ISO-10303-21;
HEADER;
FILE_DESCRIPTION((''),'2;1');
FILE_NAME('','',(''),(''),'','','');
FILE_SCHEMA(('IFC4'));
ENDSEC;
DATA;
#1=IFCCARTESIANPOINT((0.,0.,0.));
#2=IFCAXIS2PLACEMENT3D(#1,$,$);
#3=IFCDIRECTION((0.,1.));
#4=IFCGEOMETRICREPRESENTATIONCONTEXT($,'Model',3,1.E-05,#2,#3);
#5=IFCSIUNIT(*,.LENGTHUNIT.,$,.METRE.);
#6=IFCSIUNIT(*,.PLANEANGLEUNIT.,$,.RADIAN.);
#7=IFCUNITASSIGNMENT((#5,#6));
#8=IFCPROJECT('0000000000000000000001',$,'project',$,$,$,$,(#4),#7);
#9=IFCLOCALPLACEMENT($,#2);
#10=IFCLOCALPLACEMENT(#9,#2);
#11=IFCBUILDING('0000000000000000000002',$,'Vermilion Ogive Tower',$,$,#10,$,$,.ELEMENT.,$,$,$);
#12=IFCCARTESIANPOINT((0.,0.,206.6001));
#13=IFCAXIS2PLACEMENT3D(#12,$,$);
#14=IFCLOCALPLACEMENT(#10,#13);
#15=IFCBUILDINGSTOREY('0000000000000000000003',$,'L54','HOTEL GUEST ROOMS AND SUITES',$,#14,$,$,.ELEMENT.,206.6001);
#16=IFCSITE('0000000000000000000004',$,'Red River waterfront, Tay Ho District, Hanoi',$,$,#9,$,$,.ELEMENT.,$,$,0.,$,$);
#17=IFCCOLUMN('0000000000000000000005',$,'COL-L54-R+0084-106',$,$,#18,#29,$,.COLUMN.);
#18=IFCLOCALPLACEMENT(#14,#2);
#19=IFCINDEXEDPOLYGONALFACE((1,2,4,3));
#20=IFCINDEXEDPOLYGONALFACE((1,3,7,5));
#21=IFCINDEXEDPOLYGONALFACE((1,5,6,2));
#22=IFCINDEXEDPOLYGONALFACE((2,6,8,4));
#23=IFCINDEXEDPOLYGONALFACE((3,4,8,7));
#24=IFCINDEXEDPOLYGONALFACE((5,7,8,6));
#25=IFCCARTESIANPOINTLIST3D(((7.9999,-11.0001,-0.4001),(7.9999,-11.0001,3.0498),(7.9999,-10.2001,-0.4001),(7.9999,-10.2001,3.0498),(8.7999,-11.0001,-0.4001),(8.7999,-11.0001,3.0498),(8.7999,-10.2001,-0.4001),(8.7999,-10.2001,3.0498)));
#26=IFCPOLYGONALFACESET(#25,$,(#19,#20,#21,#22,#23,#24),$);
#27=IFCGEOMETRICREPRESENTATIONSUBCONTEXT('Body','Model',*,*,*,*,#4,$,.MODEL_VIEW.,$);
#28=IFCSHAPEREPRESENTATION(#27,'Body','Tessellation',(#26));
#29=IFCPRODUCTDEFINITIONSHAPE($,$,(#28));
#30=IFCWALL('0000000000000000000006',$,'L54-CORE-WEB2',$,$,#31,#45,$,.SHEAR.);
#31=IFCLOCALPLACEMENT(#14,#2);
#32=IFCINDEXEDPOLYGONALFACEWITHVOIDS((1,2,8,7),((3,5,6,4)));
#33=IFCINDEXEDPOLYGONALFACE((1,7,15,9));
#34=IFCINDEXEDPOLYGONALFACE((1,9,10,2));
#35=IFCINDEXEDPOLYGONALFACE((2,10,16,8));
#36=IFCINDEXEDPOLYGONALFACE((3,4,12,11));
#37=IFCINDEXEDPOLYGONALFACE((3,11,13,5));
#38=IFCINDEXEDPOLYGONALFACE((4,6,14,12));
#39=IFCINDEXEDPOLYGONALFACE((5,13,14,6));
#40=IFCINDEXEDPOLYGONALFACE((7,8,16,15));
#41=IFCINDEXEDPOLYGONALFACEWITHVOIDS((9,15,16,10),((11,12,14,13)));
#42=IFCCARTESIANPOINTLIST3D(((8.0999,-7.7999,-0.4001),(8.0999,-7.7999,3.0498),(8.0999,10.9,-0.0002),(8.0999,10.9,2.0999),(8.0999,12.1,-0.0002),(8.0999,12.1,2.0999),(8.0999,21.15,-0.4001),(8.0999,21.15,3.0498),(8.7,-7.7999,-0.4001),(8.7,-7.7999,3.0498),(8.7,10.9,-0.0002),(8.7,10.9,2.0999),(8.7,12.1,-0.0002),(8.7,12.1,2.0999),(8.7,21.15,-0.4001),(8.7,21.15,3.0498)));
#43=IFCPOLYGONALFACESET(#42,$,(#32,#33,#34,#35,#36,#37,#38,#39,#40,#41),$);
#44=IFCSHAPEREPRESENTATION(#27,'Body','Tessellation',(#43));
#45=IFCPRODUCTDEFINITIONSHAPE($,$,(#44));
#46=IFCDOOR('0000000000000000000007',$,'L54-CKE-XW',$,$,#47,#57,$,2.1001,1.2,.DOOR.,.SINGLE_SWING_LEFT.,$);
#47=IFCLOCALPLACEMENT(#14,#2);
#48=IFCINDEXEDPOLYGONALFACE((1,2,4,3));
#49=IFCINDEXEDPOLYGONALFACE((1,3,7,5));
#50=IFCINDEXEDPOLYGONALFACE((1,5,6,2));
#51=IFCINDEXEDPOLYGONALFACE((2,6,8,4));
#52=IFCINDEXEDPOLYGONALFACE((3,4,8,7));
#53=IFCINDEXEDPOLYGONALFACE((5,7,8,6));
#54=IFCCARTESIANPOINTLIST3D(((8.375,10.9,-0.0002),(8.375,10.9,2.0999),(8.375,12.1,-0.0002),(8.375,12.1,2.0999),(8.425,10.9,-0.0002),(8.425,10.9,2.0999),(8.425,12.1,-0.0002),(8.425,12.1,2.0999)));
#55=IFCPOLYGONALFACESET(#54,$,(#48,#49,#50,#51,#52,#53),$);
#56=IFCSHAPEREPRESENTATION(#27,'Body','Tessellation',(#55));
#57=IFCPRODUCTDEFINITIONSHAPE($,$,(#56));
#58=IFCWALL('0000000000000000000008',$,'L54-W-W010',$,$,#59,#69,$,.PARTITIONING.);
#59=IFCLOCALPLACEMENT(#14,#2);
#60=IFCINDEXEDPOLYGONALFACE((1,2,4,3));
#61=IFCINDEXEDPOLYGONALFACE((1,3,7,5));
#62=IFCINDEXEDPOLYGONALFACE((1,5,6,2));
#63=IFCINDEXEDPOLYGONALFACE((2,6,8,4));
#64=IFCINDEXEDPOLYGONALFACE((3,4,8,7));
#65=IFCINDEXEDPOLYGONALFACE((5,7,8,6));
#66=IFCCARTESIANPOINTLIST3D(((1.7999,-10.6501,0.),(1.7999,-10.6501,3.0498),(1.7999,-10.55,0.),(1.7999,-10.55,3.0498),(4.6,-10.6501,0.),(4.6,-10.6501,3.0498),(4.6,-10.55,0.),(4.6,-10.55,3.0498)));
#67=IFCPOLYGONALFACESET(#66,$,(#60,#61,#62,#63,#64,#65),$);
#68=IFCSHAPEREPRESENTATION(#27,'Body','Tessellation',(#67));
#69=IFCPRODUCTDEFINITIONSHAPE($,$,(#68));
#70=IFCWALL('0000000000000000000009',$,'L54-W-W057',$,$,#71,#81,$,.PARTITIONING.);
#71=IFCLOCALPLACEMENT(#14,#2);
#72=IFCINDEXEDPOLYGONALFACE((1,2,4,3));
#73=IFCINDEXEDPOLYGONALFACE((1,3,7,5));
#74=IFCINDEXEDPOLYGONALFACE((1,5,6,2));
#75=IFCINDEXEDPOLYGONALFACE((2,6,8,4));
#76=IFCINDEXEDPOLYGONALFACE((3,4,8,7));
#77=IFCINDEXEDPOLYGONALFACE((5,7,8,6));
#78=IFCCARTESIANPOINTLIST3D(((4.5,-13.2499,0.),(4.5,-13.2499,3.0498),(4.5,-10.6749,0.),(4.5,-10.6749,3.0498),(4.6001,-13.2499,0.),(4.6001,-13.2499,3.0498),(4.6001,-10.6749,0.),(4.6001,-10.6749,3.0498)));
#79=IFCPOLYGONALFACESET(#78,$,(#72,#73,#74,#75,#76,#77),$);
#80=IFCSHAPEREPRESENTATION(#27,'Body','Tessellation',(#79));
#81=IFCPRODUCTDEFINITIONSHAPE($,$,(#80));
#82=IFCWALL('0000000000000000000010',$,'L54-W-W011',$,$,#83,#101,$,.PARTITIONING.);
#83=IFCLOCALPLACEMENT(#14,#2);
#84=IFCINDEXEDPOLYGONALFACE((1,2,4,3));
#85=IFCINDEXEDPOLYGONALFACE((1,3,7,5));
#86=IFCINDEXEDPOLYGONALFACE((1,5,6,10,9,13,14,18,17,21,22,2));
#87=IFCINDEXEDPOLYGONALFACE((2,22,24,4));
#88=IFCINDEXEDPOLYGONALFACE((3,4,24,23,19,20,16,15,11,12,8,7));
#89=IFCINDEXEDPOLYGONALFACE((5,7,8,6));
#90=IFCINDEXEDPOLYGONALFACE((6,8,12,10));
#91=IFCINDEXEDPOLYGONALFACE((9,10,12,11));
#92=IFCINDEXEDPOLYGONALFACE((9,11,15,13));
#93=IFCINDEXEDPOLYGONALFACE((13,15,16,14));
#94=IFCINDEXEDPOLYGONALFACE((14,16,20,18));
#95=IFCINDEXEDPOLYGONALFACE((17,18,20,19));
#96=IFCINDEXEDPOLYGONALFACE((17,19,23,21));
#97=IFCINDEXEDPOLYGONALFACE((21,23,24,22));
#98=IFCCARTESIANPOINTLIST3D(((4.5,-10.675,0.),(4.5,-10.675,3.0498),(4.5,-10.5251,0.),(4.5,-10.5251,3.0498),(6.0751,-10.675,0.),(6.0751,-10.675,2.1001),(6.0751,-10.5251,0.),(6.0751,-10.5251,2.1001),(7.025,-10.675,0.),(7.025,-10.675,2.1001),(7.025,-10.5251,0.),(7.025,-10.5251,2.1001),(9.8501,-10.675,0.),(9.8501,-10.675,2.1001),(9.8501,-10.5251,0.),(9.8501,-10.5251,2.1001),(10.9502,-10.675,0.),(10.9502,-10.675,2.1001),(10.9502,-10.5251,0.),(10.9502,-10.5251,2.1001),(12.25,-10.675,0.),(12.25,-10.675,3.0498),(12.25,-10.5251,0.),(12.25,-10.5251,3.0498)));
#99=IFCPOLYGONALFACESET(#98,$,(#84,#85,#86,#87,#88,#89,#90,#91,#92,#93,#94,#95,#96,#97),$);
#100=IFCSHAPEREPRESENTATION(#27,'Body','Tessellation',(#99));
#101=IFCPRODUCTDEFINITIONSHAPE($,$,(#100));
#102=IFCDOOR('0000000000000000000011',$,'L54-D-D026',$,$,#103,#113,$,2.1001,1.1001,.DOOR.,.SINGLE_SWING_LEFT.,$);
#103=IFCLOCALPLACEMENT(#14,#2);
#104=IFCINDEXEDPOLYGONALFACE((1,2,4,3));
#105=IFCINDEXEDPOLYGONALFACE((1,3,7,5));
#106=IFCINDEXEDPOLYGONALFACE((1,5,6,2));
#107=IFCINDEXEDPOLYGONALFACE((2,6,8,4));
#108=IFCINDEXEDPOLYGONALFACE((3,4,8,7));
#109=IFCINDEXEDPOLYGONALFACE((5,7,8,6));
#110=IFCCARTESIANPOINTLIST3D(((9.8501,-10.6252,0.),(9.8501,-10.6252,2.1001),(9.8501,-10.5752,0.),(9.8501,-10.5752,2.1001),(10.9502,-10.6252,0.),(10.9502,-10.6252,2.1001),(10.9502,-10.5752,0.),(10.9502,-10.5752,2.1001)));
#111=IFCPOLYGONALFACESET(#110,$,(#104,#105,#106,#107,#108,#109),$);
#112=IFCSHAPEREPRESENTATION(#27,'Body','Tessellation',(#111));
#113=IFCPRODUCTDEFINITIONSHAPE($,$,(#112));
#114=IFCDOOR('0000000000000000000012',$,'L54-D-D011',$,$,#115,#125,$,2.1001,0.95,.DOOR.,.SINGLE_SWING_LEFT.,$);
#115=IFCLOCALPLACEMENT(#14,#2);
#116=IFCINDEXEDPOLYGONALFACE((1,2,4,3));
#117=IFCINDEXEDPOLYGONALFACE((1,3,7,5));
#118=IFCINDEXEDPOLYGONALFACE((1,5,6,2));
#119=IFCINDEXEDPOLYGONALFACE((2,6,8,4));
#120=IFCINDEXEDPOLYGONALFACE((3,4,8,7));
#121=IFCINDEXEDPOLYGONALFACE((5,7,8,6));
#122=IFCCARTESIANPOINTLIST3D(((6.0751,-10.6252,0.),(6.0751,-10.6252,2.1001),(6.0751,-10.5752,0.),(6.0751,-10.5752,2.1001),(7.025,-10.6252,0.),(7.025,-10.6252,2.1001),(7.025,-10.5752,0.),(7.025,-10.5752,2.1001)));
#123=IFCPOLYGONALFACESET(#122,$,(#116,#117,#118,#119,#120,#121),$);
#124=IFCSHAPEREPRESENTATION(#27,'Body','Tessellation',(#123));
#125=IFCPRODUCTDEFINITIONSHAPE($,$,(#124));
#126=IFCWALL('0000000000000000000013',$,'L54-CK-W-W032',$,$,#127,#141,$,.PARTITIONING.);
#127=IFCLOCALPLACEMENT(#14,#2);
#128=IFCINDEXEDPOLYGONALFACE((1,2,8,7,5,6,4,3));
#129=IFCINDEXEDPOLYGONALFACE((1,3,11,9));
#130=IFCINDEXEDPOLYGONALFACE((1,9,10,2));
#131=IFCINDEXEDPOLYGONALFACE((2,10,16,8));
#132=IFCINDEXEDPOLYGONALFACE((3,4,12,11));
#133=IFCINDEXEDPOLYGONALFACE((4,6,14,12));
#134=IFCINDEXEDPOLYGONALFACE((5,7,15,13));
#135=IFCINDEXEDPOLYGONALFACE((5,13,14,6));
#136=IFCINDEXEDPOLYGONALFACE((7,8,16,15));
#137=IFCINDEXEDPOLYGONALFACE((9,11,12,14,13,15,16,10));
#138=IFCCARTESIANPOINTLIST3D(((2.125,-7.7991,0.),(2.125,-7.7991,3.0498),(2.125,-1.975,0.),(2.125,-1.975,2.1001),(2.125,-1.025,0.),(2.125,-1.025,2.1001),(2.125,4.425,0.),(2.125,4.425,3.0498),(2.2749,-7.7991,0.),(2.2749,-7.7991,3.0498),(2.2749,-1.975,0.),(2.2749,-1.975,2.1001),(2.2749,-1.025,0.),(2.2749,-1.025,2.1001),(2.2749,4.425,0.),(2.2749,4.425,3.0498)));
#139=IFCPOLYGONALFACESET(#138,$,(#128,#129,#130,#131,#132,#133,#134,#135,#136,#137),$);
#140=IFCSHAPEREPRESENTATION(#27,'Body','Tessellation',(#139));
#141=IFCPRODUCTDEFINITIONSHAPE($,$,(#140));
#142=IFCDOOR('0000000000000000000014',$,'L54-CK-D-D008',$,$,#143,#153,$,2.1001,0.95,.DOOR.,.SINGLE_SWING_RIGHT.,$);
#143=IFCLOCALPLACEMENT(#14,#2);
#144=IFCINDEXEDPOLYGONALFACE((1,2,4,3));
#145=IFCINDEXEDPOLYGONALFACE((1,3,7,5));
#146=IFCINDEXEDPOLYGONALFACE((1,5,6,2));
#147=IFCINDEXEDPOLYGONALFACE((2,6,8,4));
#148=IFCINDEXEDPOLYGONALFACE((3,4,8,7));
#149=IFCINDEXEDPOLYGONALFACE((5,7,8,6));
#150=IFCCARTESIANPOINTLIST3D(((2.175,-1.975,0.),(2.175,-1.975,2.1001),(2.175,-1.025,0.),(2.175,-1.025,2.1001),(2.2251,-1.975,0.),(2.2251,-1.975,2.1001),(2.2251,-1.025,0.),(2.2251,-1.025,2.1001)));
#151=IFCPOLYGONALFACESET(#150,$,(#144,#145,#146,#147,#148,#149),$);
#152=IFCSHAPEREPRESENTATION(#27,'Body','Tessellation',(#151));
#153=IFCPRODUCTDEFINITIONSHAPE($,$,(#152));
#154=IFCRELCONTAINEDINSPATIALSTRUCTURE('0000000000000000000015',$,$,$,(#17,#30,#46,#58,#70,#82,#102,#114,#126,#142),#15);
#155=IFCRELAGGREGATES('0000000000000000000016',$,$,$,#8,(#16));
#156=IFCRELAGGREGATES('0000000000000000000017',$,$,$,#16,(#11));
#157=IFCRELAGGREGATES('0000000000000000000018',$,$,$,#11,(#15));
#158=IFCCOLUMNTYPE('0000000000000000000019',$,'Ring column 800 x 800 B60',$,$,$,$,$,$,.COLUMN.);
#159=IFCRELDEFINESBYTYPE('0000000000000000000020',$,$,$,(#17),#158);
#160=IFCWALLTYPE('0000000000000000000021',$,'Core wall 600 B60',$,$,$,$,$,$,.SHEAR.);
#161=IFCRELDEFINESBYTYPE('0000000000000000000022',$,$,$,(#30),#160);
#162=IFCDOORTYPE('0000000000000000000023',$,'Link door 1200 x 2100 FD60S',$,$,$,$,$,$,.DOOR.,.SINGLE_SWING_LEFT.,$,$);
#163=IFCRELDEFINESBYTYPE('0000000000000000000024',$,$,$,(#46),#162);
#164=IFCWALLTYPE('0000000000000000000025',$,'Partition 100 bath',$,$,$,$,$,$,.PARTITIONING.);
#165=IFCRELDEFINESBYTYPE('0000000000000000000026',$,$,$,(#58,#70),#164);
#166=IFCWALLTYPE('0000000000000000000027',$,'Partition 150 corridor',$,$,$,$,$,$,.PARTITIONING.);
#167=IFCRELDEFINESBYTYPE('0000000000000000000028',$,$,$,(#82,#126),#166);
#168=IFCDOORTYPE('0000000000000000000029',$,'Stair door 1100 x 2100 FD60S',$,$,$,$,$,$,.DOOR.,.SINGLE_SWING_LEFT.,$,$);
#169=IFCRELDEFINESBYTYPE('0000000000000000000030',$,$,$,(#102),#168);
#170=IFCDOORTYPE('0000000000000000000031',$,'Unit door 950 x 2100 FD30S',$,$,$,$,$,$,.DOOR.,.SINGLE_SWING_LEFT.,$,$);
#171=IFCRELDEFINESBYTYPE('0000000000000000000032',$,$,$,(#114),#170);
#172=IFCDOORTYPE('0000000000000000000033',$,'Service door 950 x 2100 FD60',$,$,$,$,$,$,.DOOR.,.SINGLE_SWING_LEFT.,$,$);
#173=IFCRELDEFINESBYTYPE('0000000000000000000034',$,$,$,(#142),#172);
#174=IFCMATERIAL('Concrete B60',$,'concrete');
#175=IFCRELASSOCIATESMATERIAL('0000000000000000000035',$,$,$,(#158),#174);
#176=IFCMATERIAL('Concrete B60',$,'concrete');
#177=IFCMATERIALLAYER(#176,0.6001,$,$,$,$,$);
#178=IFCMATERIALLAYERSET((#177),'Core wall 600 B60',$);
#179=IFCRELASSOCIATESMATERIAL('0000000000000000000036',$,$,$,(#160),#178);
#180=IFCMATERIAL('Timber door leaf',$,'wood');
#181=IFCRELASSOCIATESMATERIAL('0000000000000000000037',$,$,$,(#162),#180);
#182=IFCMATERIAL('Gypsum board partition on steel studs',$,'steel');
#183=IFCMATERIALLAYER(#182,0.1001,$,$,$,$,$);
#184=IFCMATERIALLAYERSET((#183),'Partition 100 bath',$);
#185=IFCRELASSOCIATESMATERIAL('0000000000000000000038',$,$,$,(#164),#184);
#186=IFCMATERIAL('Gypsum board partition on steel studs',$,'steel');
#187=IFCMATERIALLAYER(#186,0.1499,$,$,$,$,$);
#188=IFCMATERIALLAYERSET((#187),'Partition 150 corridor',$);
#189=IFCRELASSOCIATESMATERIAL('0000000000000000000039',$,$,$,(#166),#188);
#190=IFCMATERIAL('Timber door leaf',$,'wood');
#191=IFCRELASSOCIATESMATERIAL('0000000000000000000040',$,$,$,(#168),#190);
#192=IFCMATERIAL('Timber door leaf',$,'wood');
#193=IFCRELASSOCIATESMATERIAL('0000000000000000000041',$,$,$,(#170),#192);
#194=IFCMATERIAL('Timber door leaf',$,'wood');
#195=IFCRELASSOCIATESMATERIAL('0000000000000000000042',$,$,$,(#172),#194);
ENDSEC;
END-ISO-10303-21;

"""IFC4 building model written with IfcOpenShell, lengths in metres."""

from ifc_helpers import new_model, si_unit, direction, frame, frame_2d, origin, origin_2d, place, context, subcontext, project, spatial, rectangle, extrude, material, layer, layer_set, material_profile, profile_set, type_object, element, fill, save


model = new_model("IFC4")

# Units and contexts
model_context = context("Model", 3, precision=1e-05, world=origin(), true_north=direction((0.0, 1.0)))
body_context = subcontext(model_context, "Body", "Model", "MODEL_VIEW")
ifc_project = project(units=[si_unit("LENGTHUNIT", "METRE"), si_unit("PLANEANGLEUNIT", "RADIAN")], contexts=[model_context])

# Site, building, storey
site_placement = place(None, origin())
site = spatial("IfcSite", under=ifc_project, at=site_placement, Name="Red River waterfront, Tay Ho District, Hanoi", CompositionType="ELEMENT", RefElevation=0.0)
building_placement = place(site_placement, origin())
building = spatial("IfcBuilding", under=site, at=building_placement, Name="Vermilion Ogive Tower", CompositionType="ELEMENT")
storey_placement = place(building_placement, frame((0.0, 0.0, 206.6001)))
storey = spatial("IfcBuildingStorey", under=building, at=storey_placement, Name="L54", Description="HOTEL GUEST ROOMS AND SUITES", CompositionType="ELEMENT", Elevation=206.6001)

# Column
ifc_material_1 = material(Name="Concrete B60", Category="concrete")
ifc_material_profile = material_profile(ifc_material_1, rectangle(XDim=0.8, YDim=0.8, at=origin_2d()), Name="800 x 800")
ifc_profile_set = profile_set([ifc_material_profile], Name="Concrete B60")
column_type = type_object("IfcColumnType", Name="Ring column 800 x 800 B60", PredefinedType="COLUMN", material=ifc_profile_set)
column_placement = place(storey_placement, frame((8.3999, -10.6001, -0.4001), z_axis=(0.0, 0.0, 1.0), x_axis=(1.0, 0.0, 0.0)))
element("IfcColumn", 1, at=column_placement, inside=storey, type_object=column_type, Name="COL-L54-R+0084-106", PredefinedType="COLUMN", context=body_context, shape_type="SweptSolid", body=[
    extrude(rectangle(XDim=0.8, YDim=0.8, at=origin_2d()), origin(), (0.0, 0.0, 1.0), 3.45),
])

# Wall, opening, door
ifc_material_2 = material(Name="Concrete B60", Category="concrete")
ifc_layer_1 = layer(ifc_material_2, 0.6001)
ifc_layer_set_1 = layer_set([ifc_layer_1], Name="Core wall 600 B60")
wall_type_1 = type_object("IfcWallType", Name="Core wall 600 B60", PredefinedType="SHEAR", material=ifc_layer_set_1)
wall_1_placement = place(storey_placement, frame((8.3999, -7.8, -0.4001), z_axis=(0.0, 0.0, 1.0), x_axis=(0.0, 1.0, 0.0)))
wall_1 = element("IfcWall", 2, at=wall_1_placement, inside=storey, type_object=wall_type_1, Name="L54-CORE-WEB2", PredefinedType="SHEAR", context=body_context, shape_type="SweptSolid", body=[
    extrude(rectangle(XDim=28.95, YDim=0.6001, at=frame_2d((14.4751, 0.0))), origin(), (0.0, 0.0, 1.0), 3.45),
])
opening_1_placement = place(wall_1_placement, frame((18.7, 0.0, 0.3999)))
opening_1 = element("IfcOpeningElement", 3, at=opening_1_placement, cuts=wall_1, PredefinedType="OPENING", context=body_context, shape_type="SweptSolid", body=[
    extrude(rectangle(XDim=1.2, YDim=2.1001, at=frame_2d((0.6001, 1.05))), frame((0.0, 0.3101, 0.0), z_axis=(0.0, -1.0, 0.0), x_axis=(1.0, 0.0, 0.0)), (0.0, 0.0, 1.0), 0.6201),
])
ifc_material_3 = material(Name="Timber door leaf", Category="wood")
door_type_1 = type_object("IfcDoorType", Name="Link door 1200 x 2100 FD60S", OperationType="SINGLE_SWING_LEFT", PredefinedType="DOOR", material=ifc_material_3)
door_1_placement = place(opening_1_placement, origin())
door_1 = element("IfcDoor", 4, at=door_1_placement, inside=storey, type_object=door_type_1, Name="L54-CKE-XW", OperationType="SINGLE_SWING_LEFT", OverallHeight=2.1001, OverallWidth=1.2, PredefinedType="DOOR", context=body_context, shape_type="SweptSolid", body=[
    extrude(rectangle(XDim=1.2, YDim=2.1001, at=frame_2d((0.6001, 1.05))), frame((0.0, 0.0249, 0.0), z_axis=(0.0, -1.0, 0.0), x_axis=(1.0, 0.0, 0.0)), (0.0, 0.0, 1.0), 0.05),
])
fill(opening_1, door_1)

# Walls
ifc_material_4 = material(Name="Gypsum board partition on steel studs", Category="steel")
ifc_layer_2 = layer(ifc_material_4, 0.1001)
ifc_layer_set_2 = layer_set([ifc_layer_2], Name="Partition 100 bath")
wall_type_2 = type_object("IfcWallType", Name="Partition 100 bath", PredefinedType="PARTITIONING", material=ifc_layer_set_2)
wall_2_placement = place(storey_placement, frame((1.8, -10.6001, 0.0), z_axis=(0.0, 0.0, 1.0), x_axis=(1.0, 0.0, 0.0)))
element("IfcWall", 5, at=wall_2_placement, inside=storey, type_object=wall_type_2, Name="L54-W-W010", PredefinedType="PARTITIONING", context=body_context, shape_type="SweptSolid", body=[
    extrude(rectangle(XDim=2.8, YDim=0.1001, at=frame_2d((1.3999, 0.0))), origin(), (0.0, 0.0, 1.0), 3.0498),
])
wall_3_placement = place(storey_placement, frame((4.55, -13.25, 0.0), z_axis=(0.0, 0.0, 1.0), x_axis=(0.0, 1.0, 0.0)))
element("IfcWall", 6, at=wall_3_placement, inside=storey, type_object=wall_type_2, Name="L54-W-W057", PredefinedType="PARTITIONING", context=body_context, shape_type="SweptSolid", body=[
    extrude(rectangle(XDim=2.575, YDim=0.1001, at=frame_2d((1.2876, 0.0))), origin(), (0.0, 0.0, 1.0), 3.0498),
])

# Wall, openings, doors
ifc_material_5 = material(Name="Gypsum board partition on steel studs", Category="steel")
ifc_layer_3 = layer(ifc_material_5, 0.1499)
ifc_layer_set_3 = layer_set([ifc_layer_3], Name="Partition 150 corridor")
wall_type_3 = type_object("IfcWallType", Name="Partition 150 corridor", PredefinedType="PARTITIONING", material=ifc_layer_set_3)
wall_4_placement = place(storey_placement, frame((4.5, -10.6001, 0.0), z_axis=(0.0, 0.0, 1.0), x_axis=(1.0, 0.0, 0.0)))
wall_4 = element("IfcWall", 7, at=wall_4_placement, inside=storey, type_object=wall_type_3, Name="L54-W-W011", PredefinedType="PARTITIONING", context=body_context, shape_type="SweptSolid", body=[
    extrude(rectangle(XDim=7.75, YDim=0.1499, at=frame_2d((3.875, 0.0))), origin(), (0.0, 0.0, 1.0), 3.0498),
])
opening_2_placement = place(wall_4_placement, frame((1.575, 0.0, 0.0)))
opening_2 = element("IfcOpeningElement", 8, at=opening_2_placement, cuts=wall_4, PredefinedType="OPENING", context=body_context, shape_type="SweptSolid", body=[
    extrude(rectangle(XDim=0.95, YDim=2.1001, at=frame_2d((0.4751, 1.05))), frame((0.0, 0.085, 0.0), z_axis=(0.0, -1.0, 0.0), x_axis=(1.0, 0.0, 0.0)), (0.0, 0.0, 1.0), 0.1699),
])
opening_3_placement = place(wall_4_placement, frame((5.3501, 0.0, 0.0)))
opening_3 = element("IfcOpeningElement", 9, at=opening_3_placement, cuts=wall_4, PredefinedType="OPENING", context=body_context, shape_type="SweptSolid", body=[
    extrude(rectangle(XDim=1.1001, YDim=2.1001, at=frame_2d((0.55, 1.05))), frame((0.0, 0.085, 0.0), z_axis=(0.0, -1.0, 0.0), x_axis=(1.0, 0.0, 0.0)), (0.0, 0.0, 1.0), 0.1699),
])
ifc_material_6 = material(Name="Timber door leaf", Category="wood")
door_type_2 = type_object("IfcDoorType", Name="Stair door 1100 x 2100 FD60S", OperationType="SINGLE_SWING_LEFT", PredefinedType="DOOR", material=ifc_material_6)
door_2_placement = place(opening_3_placement, origin())
door_2 = element("IfcDoor", 10, at=door_2_placement, inside=storey, type_object=door_type_2, Name="L54-D-D026", OperationType="SINGLE_SWING_LEFT", OverallHeight=2.1001, OverallWidth=1.1001, PredefinedType="DOOR", context=body_context, shape_type="SweptSolid", body=[
    extrude(rectangle(XDim=1.1001, YDim=2.1001, at=frame_2d((0.55, 1.05))), frame((0.0, 0.0249, 0.0), z_axis=(0.0, -1.0, 0.0), x_axis=(1.0, 0.0, 0.0)), (0.0, 0.0, 1.0), 0.05),
])
fill(opening_3, door_2)
ifc_material_7 = material(Name="Timber door leaf", Category="wood")
door_type_3 = type_object("IfcDoorType", Name="Unit door 950 x 2100 FD30S", OperationType="SINGLE_SWING_LEFT", PredefinedType="DOOR", material=ifc_material_7)
door_3_placement = place(opening_2_placement, origin())
door_3 = element("IfcDoor", 11, at=door_3_placement, inside=storey, type_object=door_type_3, Name="L54-D-D011", OperationType="SINGLE_SWING_LEFT", OverallHeight=2.1001, OverallWidth=0.95, PredefinedType="DOOR", context=body_context, shape_type="SweptSolid", body=[
    extrude(rectangle(XDim=0.95, YDim=2.1001, at=frame_2d((0.4751, 1.05))), frame((0.0, 0.0249, 0.0), z_axis=(0.0, -1.0, 0.0), x_axis=(1.0, 0.0, 0.0)), (0.0, 0.0, 1.0), 0.05),
])
fill(opening_2, door_3)

# Wall, opening, door
wall_5_placement = place(storey_placement, frame((2.2, -7.7991, 0.0), z_axis=(0.0, 0.0, 1.0), x_axis=(0.0, 1.0, 0.0)))
wall_5 = element("IfcWall", 12, at=wall_5_placement, inside=storey, type_object=wall_type_3, Name="L54-CK-W-W032", PredefinedType="PARTITIONING", context=body_context, shape_type="SweptSolid", body=[
    extrude(rectangle(XDim=12.2241, YDim=0.1499, at=frame_2d((6.1121, 0.0))), origin(), (0.0, 0.0, 1.0), 3.0498),
])
opening_4_placement = place(wall_5_placement, frame((5.824, 0.0, 0.0)))
opening_4 = element("IfcOpeningElement", 13, at=opening_4_placement, cuts=wall_5, PredefinedType="OPENING", context=body_context, shape_type="SweptSolid", body=[
    extrude(rectangle(XDim=0.95, YDim=2.1001, at=frame_2d((0.4751, 1.05))), frame((0.0, 0.085, 0.0), z_axis=(0.0, -1.0, 0.0), x_axis=(1.0, 0.0, 0.0)), (0.0, 0.0, 1.0), 0.1699),
])
ifc_material_8 = material(Name="Timber door leaf", Category="wood")
door_type_4 = type_object("IfcDoorType", Name="Service door 950 x 2100 FD60", OperationType="SINGLE_SWING_LEFT", PredefinedType="DOOR", material=ifc_material_8)
door_4_placement = place(opening_4_placement, origin())
door_4 = element("IfcDoor", 14, at=door_4_placement, inside=storey, type_object=door_type_4, Name="L54-CK-D-D008", OperationType="SINGLE_SWING_RIGHT", OverallHeight=2.1001, OverallWidth=0.95, PredefinedType="DOOR", context=body_context, shape_type="SweptSolid", body=[
    extrude(rectangle(XDim=0.95, YDim=2.1001, at=frame_2d((0.4751, 1.05))), frame((0.0, 0.0249, 0.0), z_axis=(0.0, -1.0, 0.0), x_axis=(1.0, 0.0, 0.0)), (0.0, 0.0, 1.0), 0.05),
])
fill(opening_4, door_4)

save(model, "model.ifc")
